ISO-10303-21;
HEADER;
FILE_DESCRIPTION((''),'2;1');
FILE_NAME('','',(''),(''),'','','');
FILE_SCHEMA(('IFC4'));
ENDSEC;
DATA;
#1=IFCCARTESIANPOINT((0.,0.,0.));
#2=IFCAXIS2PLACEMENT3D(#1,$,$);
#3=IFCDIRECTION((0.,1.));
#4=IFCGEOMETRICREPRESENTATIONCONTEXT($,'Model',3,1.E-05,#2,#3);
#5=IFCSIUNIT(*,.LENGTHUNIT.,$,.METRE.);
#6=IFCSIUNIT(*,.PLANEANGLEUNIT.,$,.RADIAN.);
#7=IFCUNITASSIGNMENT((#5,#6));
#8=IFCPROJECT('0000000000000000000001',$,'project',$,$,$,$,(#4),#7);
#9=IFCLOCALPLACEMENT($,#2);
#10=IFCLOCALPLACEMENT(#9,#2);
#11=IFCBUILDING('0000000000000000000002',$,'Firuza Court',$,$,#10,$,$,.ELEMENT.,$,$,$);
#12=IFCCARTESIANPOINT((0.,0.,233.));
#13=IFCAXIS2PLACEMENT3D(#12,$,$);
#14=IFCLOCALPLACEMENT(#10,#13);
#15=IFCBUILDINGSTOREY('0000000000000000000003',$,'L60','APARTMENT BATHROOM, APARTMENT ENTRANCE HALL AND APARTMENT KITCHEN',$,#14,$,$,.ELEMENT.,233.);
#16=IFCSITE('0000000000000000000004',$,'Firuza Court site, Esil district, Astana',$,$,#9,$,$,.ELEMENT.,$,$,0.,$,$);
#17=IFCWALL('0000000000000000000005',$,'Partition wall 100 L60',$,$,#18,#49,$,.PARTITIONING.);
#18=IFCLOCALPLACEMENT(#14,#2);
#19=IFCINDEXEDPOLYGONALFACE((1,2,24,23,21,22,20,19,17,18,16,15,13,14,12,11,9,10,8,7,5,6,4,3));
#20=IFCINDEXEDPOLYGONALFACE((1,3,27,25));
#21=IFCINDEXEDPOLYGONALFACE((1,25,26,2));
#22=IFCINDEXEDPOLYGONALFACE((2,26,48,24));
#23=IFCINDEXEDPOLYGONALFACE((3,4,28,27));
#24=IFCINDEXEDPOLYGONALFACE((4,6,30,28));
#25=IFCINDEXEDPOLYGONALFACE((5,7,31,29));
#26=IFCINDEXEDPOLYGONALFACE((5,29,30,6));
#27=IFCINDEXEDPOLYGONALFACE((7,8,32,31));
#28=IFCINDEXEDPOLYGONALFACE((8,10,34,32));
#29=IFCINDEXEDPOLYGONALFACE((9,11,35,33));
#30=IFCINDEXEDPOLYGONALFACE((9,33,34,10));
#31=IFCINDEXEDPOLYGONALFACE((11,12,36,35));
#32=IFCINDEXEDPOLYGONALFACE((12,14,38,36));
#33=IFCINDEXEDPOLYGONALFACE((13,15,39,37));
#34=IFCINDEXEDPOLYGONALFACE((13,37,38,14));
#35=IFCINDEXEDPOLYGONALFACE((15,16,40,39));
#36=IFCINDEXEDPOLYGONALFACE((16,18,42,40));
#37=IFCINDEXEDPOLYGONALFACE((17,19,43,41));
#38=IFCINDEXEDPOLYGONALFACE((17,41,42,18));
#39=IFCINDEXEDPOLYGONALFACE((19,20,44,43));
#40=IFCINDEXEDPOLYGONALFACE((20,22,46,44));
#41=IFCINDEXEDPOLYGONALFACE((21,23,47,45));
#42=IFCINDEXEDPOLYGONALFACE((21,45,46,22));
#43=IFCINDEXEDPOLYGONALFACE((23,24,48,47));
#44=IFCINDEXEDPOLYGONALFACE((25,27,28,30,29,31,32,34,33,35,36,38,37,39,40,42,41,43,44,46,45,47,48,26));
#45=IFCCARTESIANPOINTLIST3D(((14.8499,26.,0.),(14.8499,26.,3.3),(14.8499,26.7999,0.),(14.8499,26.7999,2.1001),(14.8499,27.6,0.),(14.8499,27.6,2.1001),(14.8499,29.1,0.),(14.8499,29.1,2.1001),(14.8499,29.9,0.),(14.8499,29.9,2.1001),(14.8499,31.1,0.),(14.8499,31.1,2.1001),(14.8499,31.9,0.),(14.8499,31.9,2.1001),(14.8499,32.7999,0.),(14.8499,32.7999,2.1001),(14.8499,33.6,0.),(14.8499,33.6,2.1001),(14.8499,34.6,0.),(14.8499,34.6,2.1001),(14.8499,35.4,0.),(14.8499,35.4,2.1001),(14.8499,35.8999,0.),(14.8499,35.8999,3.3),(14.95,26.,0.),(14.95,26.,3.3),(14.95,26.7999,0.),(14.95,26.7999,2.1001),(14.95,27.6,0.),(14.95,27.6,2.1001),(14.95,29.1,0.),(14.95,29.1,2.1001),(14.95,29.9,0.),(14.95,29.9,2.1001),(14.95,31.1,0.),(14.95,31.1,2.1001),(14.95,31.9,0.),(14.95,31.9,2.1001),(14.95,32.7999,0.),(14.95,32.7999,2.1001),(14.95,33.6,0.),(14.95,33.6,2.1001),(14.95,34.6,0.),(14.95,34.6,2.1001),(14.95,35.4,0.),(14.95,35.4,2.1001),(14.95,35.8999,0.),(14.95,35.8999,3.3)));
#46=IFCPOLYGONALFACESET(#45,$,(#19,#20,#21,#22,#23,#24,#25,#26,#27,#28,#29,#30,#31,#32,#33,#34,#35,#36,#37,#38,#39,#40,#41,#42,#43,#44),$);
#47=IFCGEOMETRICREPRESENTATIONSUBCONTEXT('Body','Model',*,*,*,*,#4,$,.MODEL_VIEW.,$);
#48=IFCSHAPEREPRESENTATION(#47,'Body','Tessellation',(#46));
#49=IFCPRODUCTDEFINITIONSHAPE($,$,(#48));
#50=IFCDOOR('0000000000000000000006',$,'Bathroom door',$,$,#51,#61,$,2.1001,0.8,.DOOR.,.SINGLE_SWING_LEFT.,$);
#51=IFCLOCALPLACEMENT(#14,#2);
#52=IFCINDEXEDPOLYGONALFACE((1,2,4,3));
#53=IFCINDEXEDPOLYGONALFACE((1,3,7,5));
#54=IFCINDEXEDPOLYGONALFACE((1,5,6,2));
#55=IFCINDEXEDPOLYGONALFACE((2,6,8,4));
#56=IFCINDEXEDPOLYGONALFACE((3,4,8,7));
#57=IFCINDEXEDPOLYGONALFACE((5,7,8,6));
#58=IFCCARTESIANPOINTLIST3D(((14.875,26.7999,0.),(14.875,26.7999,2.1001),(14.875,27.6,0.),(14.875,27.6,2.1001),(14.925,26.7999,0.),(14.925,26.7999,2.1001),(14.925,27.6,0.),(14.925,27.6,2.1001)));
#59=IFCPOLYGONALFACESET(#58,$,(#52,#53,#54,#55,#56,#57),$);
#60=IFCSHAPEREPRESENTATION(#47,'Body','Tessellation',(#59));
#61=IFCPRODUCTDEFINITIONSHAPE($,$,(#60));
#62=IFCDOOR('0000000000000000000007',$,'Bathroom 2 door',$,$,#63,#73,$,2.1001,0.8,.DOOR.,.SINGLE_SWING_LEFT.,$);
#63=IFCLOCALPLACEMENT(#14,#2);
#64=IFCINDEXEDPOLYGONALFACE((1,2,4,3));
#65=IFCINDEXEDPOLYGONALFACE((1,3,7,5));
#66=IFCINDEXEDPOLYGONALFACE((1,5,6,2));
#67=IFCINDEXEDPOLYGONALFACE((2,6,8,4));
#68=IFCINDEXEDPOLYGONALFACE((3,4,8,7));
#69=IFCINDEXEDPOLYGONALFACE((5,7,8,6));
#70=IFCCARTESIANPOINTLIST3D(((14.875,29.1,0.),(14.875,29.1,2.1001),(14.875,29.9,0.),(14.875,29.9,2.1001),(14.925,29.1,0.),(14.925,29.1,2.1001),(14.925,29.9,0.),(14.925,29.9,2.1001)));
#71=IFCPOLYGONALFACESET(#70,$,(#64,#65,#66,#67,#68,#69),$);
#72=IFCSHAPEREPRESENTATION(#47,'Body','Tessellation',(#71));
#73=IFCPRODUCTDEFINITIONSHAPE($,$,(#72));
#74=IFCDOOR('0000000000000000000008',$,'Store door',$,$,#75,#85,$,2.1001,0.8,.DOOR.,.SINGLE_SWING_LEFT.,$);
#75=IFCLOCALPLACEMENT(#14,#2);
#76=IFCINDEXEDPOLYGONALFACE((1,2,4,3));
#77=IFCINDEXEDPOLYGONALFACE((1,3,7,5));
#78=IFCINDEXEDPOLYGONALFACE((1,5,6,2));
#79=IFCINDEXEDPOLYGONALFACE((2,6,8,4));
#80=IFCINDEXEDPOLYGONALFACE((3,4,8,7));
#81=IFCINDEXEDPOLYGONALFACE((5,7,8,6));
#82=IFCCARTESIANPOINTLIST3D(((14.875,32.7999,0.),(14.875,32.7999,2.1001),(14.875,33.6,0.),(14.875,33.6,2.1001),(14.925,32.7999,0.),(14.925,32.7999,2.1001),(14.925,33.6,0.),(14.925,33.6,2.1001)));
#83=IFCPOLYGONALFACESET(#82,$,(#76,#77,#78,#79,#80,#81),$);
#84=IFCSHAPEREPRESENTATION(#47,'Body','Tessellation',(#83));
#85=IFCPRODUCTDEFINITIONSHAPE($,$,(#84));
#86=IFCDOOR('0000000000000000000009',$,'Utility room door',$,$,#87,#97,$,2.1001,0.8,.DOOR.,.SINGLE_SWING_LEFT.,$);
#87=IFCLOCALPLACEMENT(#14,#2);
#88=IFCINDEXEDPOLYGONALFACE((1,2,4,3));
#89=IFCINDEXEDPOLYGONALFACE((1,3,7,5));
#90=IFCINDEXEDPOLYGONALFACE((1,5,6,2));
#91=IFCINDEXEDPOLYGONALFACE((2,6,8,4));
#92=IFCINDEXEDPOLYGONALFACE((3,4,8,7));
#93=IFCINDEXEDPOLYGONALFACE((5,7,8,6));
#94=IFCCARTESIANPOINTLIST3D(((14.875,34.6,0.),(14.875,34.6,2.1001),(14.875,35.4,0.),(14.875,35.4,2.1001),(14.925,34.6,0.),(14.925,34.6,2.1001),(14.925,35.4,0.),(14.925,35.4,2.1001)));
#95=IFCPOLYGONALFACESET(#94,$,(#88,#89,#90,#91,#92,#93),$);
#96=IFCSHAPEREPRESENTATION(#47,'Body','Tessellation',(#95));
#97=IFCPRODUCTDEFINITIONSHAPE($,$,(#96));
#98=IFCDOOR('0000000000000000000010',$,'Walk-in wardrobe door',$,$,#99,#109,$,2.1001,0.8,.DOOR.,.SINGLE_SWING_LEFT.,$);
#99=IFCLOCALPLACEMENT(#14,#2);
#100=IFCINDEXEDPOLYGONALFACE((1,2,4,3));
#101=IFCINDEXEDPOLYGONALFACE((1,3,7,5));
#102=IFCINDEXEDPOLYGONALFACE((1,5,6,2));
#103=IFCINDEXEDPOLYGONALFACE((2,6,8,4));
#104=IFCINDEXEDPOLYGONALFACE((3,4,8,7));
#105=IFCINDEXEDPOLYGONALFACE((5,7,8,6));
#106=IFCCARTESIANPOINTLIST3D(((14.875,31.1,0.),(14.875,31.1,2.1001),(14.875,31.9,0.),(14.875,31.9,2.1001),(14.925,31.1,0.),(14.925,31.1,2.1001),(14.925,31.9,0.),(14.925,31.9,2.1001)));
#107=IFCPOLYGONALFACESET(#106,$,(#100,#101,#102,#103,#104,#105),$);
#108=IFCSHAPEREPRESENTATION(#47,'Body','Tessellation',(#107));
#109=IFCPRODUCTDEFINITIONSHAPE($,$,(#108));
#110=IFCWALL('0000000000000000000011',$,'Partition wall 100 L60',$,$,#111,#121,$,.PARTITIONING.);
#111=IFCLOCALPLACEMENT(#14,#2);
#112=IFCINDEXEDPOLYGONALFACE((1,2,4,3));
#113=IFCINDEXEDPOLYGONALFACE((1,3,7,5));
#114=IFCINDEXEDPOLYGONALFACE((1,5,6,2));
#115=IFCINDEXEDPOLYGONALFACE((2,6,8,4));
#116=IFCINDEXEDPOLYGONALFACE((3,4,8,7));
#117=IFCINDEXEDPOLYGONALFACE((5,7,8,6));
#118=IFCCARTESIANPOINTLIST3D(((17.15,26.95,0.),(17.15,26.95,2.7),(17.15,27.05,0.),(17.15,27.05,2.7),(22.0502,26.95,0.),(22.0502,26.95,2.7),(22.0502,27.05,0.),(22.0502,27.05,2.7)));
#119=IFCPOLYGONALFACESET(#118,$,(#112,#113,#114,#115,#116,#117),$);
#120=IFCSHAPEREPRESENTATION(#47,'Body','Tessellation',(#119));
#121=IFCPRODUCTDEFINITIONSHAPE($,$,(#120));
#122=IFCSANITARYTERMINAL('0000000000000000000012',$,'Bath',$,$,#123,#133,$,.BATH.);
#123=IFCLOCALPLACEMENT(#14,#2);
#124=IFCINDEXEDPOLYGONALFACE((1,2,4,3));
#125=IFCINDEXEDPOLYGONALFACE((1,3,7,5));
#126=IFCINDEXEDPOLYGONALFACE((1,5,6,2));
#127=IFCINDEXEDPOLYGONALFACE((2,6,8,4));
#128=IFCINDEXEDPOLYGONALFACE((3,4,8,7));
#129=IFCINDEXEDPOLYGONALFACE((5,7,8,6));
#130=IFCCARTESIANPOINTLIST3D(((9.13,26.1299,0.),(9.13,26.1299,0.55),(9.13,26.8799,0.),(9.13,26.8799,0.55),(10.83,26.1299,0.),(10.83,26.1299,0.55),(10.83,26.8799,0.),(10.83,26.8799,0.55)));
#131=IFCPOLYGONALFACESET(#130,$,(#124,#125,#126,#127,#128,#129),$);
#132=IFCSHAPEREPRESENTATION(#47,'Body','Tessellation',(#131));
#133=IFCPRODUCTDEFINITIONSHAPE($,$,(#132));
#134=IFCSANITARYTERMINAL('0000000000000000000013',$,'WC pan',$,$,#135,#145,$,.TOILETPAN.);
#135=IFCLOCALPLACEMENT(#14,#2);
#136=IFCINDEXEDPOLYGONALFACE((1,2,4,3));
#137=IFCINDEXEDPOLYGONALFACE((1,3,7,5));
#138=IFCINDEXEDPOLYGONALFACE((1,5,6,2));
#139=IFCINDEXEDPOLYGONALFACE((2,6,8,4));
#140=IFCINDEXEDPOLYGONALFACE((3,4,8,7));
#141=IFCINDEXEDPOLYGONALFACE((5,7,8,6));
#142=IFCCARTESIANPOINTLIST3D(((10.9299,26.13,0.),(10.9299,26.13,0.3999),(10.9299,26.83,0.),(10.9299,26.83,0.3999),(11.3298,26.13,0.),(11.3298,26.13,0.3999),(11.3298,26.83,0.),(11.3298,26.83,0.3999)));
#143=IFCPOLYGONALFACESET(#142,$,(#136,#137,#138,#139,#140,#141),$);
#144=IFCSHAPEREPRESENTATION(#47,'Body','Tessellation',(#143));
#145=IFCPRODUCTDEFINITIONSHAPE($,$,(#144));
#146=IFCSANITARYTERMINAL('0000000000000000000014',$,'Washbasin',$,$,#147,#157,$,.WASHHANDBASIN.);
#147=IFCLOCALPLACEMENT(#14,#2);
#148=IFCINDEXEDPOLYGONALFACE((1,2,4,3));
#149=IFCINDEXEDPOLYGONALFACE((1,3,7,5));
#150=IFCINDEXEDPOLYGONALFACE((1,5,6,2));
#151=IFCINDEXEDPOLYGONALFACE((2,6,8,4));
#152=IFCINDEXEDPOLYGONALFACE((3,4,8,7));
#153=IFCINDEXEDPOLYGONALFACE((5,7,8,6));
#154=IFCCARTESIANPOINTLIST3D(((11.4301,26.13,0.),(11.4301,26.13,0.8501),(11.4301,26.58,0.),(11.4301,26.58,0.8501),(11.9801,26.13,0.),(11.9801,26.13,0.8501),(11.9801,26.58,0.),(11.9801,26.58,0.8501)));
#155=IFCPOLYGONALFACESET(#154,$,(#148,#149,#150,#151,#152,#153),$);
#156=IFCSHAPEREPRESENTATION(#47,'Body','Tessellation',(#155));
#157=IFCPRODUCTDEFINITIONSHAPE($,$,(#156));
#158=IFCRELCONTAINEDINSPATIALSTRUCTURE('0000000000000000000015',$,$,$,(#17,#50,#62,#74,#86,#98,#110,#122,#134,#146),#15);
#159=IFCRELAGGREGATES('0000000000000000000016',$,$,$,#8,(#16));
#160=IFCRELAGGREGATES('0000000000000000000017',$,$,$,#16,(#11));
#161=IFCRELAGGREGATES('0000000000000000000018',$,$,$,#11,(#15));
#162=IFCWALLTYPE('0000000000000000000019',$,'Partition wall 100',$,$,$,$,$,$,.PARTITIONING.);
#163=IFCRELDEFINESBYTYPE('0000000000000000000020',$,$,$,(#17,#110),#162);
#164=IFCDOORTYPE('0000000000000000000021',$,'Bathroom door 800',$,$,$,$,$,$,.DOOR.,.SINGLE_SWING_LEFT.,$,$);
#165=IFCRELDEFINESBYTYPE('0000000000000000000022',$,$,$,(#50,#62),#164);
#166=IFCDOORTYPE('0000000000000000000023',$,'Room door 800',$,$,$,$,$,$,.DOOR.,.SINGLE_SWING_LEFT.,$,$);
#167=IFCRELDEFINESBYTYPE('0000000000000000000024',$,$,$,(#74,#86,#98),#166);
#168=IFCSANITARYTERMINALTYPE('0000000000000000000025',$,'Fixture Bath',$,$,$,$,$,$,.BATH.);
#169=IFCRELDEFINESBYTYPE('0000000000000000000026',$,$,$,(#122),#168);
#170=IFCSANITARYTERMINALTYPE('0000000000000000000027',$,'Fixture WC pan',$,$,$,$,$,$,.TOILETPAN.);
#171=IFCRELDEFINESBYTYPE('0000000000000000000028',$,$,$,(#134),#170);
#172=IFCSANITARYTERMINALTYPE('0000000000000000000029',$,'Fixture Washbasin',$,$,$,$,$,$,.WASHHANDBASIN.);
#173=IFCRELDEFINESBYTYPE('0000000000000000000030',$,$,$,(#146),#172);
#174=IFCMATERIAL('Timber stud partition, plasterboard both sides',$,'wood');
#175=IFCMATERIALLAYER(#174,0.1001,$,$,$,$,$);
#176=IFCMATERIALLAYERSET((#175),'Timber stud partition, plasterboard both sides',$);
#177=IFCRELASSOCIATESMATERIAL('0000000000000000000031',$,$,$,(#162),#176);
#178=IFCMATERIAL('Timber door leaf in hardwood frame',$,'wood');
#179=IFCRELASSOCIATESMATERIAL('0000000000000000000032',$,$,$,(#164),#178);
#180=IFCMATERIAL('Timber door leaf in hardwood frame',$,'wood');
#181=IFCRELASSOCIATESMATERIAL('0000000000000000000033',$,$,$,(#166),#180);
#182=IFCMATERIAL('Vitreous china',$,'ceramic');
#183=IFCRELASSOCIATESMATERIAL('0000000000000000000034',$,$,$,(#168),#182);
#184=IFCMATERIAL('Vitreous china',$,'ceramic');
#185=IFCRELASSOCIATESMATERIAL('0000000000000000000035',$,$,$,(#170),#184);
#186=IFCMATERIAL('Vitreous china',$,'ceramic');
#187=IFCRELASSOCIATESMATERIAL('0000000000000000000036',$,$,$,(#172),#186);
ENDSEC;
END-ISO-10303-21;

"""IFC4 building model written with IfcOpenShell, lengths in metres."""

from ifc_helpers import new_model, si_unit, direction, frame, frame_2d, origin, origin_2d, place, context, subcontext, project, spatial, rectangle, extrude, material, layer, layer_set, type_object, element, fill, save


model = new_model("IFC4")

# Units and contexts
model_context = context("Model", 3, precision=1e-05, world=origin(), true_north=direction((0.0, 1.0)))
body_context = subcontext(model_context, "Body", "Model", "MODEL_VIEW")
ifc_project = project(units=[si_unit("LENGTHUNIT", "METRE"), si_unit("PLANEANGLEUNIT", "RADIAN")], contexts=[model_context])

# Site, building, storey
site_placement = place(None, origin())
site = spatial("IfcSite", under=ifc_project, at=site_placement, Name="Firuza Court site, Esil district, Astana", CompositionType="ELEMENT", RefElevation=0.0)
building_placement = place(site_placement, origin())
building = spatial("IfcBuilding", under=site, at=building_placement, Name="Firuza Court", CompositionType="ELEMENT")
storey_placement = place(building_placement, frame((0.0, 0.0, 233.0)))
storey = spatial("IfcBuildingStorey", under=building, at=storey_placement, Name="L60", Description="APARTMENT BATHROOM, APARTMENT ENTRANCE HALL AND APARTMENT KITCHEN", CompositionType="ELEMENT", Elevation=233.0)

# Shared definitions
ifc_material_1 = material(Name="Timber stud partition, plasterboard both sides", Category="wood")
ifc_layer = layer(ifc_material_1, 0.1001)
ifc_layer_set = layer_set([ifc_layer], Name="Timber stud partition, plasterboard both sides")
wall_type = type_object("IfcWallType", Name="Partition wall 100", PredefinedType="PARTITIONING", material=ifc_layer_set)

# Wall, openings, doors
wall_1_placement = place(storey_placement, frame((14.8999, 26.0, 0.0), z_axis=(0.0, 0.0, 1.0), x_axis=(0.0, 1.0, 0.0)))
wall_1 = element("IfcWall", 1, at=wall_1_placement, inside=storey, type_object=wall_type, Name="Partition wall 100 L60", PredefinedType="PARTITIONING", context=body_context, shape_type="SweptSolid", body=[
    extrude(rectangle(XDim=9.8999, YDim=0.1001, at=frame_2d((4.95, 0.0))), origin(), (0.0, 0.0, 1.0), 3.3),
])
opening_1_placement = place(wall_1_placement, frame((0.8, 0.0, 0.0)))
opening_1 = element("IfcOpeningElement", 2, at=opening_1_placement, cuts=wall_1, PredefinedType="OPENING", context=body_context, shape_type="SweptSolid", body=[
    extrude(rectangle(XDim=0.8, YDim=2.1001, at=frame_2d((0.3999, 1.05))), frame((0.0, 0.062, 0.0), z_axis=(0.0, -1.0, 0.0), x_axis=(1.0, 0.0, 0.0)), (0.0, 0.0, 1.0), 0.124),
])
opening_2_placement = place(wall_1_placement, frame((3.1001, 0.0, 0.0)))
opening_2 = element("IfcOpeningElement", 3, at=opening_2_placement, cuts=wall_1, PredefinedType="OPENING", context=body_context, shape_type="SweptSolid", body=[
    extrude(rectangle(XDim=0.8, YDim=2.1001, at=frame_2d((0.3999, 1.05))), frame((0.0, 0.062, 0.0), z_axis=(0.0, -1.0, 0.0), x_axis=(1.0, 0.0, 0.0)), (0.0, 0.0, 1.0), 0.124),
])
opening_3_placement = place(wall_1_placement, frame((6.8, 0.0, 0.0)))
opening_3 = element("IfcOpeningElement", 4, at=opening_3_placement, cuts=wall_1, PredefinedType="OPENING", context=body_context, shape_type="SweptSolid", body=[
    extrude(rectangle(XDim=0.8, YDim=2.1001, at=frame_2d((0.3999, 1.05))), frame((0.0, 0.062, 0.0), z_axis=(0.0, -1.0, 0.0), x_axis=(1.0, 0.0, 0.0)), (0.0, 0.0, 1.0), 0.124),
])
opening_4_placement = place(wall_1_placement, frame((8.6001, 0.0, 0.0)))
opening_4 = element("IfcOpeningElement", 5, at=opening_4_placement, cuts=wall_1, PredefinedType="OPENING", context=body_context, shape_type="SweptSolid", body=[
    extrude(rectangle(XDim=0.8, YDim=2.1001, at=frame_2d((0.3999, 1.05))), frame((0.0, 0.062, 0.0), z_axis=(0.0, -1.0, 0.0), x_axis=(1.0, 0.0, 0.0)), (0.0, 0.0, 1.0), 0.124),
])
opening_5_placement = place(wall_1_placement, frame((5.1001, 0.0, 0.0)))
opening_5 = element("IfcOpeningElement", 6, at=opening_5_placement, cuts=wall_1, PredefinedType="OPENING", context=body_context, shape_type="SweptSolid", body=[
    extrude(rectangle(XDim=0.8, YDim=2.1001, at=frame_2d((0.3999, 1.05))), frame((0.0, 0.062, 0.0), z_axis=(0.0, -1.0, 0.0), x_axis=(1.0, 0.0, 0.0)), (0.0, 0.0, 1.0), 0.124),
])
ifc_material_2 = material(Name="Timber door leaf in hardwood frame", Category="wood")
door_type_1 = type_object("IfcDoorType", Name="Bathroom door 800", OperationType="SINGLE_SWING_LEFT", PredefinedType="DOOR", material=ifc_material_2)
door_1_placement = place(opening_1_placement, origin())
door_1 = element("IfcDoor", 7, at=door_1_placement, inside=storey, type_object=door_type_1, Name="Bathroom door", OperationType="SINGLE_SWING_LEFT", OverallHeight=2.1001, OverallWidth=0.8, PredefinedType="DOOR", context=body_context, shape_type="SweptSolid", body=[
    extrude(rectangle(XDim=0.8, YDim=2.1001, at=frame_2d((0.3999, 1.05))), frame((0.0, 0.0249, 0.0), z_axis=(0.0, -1.0, 0.0), x_axis=(1.0, 0.0, 0.0)), (0.0, 0.0, 1.0), 0.05),
])
fill(opening_1, door_1)
door_2_placement = place(opening_2_placement, origin())
door_2 = element("IfcDoor", 8, at=door_2_placement, inside=storey, type_object=door_type_1, Name="Bathroom 2 door", OperationType="SINGLE_SWING_LEFT", OverallHeight=2.1001, OverallWidth=0.8, PredefinedType="DOOR", context=body_context, shape_type="SweptSolid", body=[
    extrude(rectangle(XDim=0.8, YDim=2.1001, at=frame_2d((0.3999, 1.05))), frame((0.0, 0.0249, 0.0), z_axis=(0.0, -1.0, 0.0), x_axis=(1.0, 0.0, 0.0)), (0.0, 0.0, 1.0), 0.05),
])
fill(opening_2, door_2)
ifc_material_3 = material(Name="Timber door leaf in hardwood frame", Category="wood")
door_type_2 = type_object("IfcDoorType", Name="Room door 800", OperationType="SINGLE_SWING_LEFT", PredefinedType="DOOR", material=ifc_material_3)
door_3_placement = place(opening_3_placement, origin())
door_3 = element("IfcDoor", 9, at=door_3_placement, inside=storey, type_object=door_type_2, Name="Store door", OperationType="SINGLE_SWING_LEFT", OverallHeight=2.1001, OverallWidth=0.8, PredefinedType="DOOR", context=body_context, shape_type="SweptSolid", body=[
    extrude(rectangle(XDim=0.8, YDim=2.1001, at=frame_2d((0.3999, 1.05))), frame((0.0, 0.0249, 0.0), z_axis=(0.0, -1.0, 0.0), x_axis=(1.0, 0.0, 0.0)), (0.0, 0.0, 1.0), 0.05),
])
fill(opening_3, door_3)
door_4_placement = place(opening_4_placement, origin())
door_4 = element("IfcDoor", 10, at=door_4_placement, inside=storey, type_object=door_type_2, Name="Utility room door", OperationType="SINGLE_SWING_LEFT", OverallHeight=2.1001, OverallWidth=0.8, PredefinedType="DOOR", context=body_context, shape_type="SweptSolid", body=[
    extrude(rectangle(XDim=0.8, YDim=2.1001, at=frame_2d((0.3999, 1.05))), frame((0.0, 0.0249, 0.0), z_axis=(0.0, -1.0, 0.0), x_axis=(1.0, 0.0, 0.0)), (0.0, 0.0, 1.0), 0.05),
])
fill(opening_4, door_4)
door_5_placement = place(opening_5_placement, origin())
door_5 = element("IfcDoor", 11, at=door_5_placement, inside=storey, type_object=door_type_2, Name="Walk-in wardrobe door", OperationType="SINGLE_SWING_LEFT", OverallHeight=2.1001, OverallWidth=0.8, PredefinedType="DOOR", context=body_context, shape_type="SweptSolid", body=[
    extrude(rectangle(XDim=0.8, YDim=2.1001, at=frame_2d((0.3999, 1.05))), frame((0.0, 0.0249, 0.0), z_axis=(0.0, -1.0, 0.0), x_axis=(1.0, 0.0, 0.0)), (0.0, 0.0, 1.0), 0.05),
])
fill(opening_5, door_5)

# Wall
wall_2_placement = place(storey_placement, frame((17.1499, 27.0, 0.0), z_axis=(0.0, 0.0, 1.0), x_axis=(1.0, 0.0, 0.0)))
element("IfcWall", 12, at=wall_2_placement, inside=storey, type_object=wall_type, Name="Partition wall 100 L60", PredefinedType="PARTITIONING", context=body_context, shape_type="SweptSolid", body=[
    extrude(rectangle(XDim=4.9001, YDim=0.1001, at=frame_2d((2.4502, 0.0))), origin(), (0.0, 0.0, 1.0), 2.7),
])

# Sanitary terminals
ifc_material_4 = material(Name="Vitreous china", Category="ceramic")
sanitary_terminal_type_1 = type_object("IfcSanitaryTerminalType", Name="Fixture Bath", PredefinedType="BATH", material=ifc_material_4)
sanitary_terminal_1_placement = place(storey_placement, frame((9.98, 26.5049, 0.0), z_axis=(0.0, 0.0, 1.0), x_axis=(1.0, 0.0, 0.0)))
element("IfcSanitaryTerminal", 13, at=sanitary_terminal_1_placement, inside=storey, type_object=sanitary_terminal_type_1, Name="Bath", PredefinedType="BATH", context=body_context, shape_type="SweptSolid", body=[
    extrude(rectangle(XDim=1.7, YDim=0.75, at=origin_2d()), origin(), (0.0, 0.0, 1.0), 0.55),
])
ifc_material_5 = material(Name="Vitreous china", Category="ceramic")
sanitary_terminal_type_2 = type_object("IfcSanitaryTerminalType", Name="Fixture WC pan", PredefinedType="TOILETPAN", material=ifc_material_5)
sanitary_terminal_2_placement = place(storey_placement, frame((11.1299, 26.48, 0.0), z_axis=(0.0, 0.0, 1.0), x_axis=(1.0, 0.0, 0.0)))
element("IfcSanitaryTerminal", 14, at=sanitary_terminal_2_placement, inside=storey, type_object=sanitary_terminal_type_2, Name="WC pan", PredefinedType="TOILETPAN", context=body_context, shape_type="SweptSolid", body=[
    extrude(rectangle(XDim=0.3999, YDim=0.7, at=origin_2d()), origin(), (0.0, 0.0, 1.0), 0.3999),
])
ifc_material_6 = material(Name="Vitreous china", Category="ceramic")
sanitary_terminal_type_3 = type_object("IfcSanitaryTerminalType", Name="Fixture Washbasin", PredefinedType="WASHHANDBASIN", material=ifc_material_6)
sanitary_terminal_3_placement = place(storey_placement, frame((11.7051, 26.355, 0.0), z_axis=(0.0, 0.0, 1.0), x_axis=(1.0, 0.0, 0.0)))
element("IfcSanitaryTerminal", 15, at=sanitary_terminal_3_placement, inside=storey, type_object=sanitary_terminal_type_3, Name="Washbasin", PredefinedType="WASHHANDBASIN", context=body_context, shape_type="SweptSolid", body=[
    extrude(rectangle(XDim=0.55, YDim=0.45, at=origin_2d()), origin(), (0.0, 0.0, 1.0), 0.8501),
])

save(model, "model.ifc")
